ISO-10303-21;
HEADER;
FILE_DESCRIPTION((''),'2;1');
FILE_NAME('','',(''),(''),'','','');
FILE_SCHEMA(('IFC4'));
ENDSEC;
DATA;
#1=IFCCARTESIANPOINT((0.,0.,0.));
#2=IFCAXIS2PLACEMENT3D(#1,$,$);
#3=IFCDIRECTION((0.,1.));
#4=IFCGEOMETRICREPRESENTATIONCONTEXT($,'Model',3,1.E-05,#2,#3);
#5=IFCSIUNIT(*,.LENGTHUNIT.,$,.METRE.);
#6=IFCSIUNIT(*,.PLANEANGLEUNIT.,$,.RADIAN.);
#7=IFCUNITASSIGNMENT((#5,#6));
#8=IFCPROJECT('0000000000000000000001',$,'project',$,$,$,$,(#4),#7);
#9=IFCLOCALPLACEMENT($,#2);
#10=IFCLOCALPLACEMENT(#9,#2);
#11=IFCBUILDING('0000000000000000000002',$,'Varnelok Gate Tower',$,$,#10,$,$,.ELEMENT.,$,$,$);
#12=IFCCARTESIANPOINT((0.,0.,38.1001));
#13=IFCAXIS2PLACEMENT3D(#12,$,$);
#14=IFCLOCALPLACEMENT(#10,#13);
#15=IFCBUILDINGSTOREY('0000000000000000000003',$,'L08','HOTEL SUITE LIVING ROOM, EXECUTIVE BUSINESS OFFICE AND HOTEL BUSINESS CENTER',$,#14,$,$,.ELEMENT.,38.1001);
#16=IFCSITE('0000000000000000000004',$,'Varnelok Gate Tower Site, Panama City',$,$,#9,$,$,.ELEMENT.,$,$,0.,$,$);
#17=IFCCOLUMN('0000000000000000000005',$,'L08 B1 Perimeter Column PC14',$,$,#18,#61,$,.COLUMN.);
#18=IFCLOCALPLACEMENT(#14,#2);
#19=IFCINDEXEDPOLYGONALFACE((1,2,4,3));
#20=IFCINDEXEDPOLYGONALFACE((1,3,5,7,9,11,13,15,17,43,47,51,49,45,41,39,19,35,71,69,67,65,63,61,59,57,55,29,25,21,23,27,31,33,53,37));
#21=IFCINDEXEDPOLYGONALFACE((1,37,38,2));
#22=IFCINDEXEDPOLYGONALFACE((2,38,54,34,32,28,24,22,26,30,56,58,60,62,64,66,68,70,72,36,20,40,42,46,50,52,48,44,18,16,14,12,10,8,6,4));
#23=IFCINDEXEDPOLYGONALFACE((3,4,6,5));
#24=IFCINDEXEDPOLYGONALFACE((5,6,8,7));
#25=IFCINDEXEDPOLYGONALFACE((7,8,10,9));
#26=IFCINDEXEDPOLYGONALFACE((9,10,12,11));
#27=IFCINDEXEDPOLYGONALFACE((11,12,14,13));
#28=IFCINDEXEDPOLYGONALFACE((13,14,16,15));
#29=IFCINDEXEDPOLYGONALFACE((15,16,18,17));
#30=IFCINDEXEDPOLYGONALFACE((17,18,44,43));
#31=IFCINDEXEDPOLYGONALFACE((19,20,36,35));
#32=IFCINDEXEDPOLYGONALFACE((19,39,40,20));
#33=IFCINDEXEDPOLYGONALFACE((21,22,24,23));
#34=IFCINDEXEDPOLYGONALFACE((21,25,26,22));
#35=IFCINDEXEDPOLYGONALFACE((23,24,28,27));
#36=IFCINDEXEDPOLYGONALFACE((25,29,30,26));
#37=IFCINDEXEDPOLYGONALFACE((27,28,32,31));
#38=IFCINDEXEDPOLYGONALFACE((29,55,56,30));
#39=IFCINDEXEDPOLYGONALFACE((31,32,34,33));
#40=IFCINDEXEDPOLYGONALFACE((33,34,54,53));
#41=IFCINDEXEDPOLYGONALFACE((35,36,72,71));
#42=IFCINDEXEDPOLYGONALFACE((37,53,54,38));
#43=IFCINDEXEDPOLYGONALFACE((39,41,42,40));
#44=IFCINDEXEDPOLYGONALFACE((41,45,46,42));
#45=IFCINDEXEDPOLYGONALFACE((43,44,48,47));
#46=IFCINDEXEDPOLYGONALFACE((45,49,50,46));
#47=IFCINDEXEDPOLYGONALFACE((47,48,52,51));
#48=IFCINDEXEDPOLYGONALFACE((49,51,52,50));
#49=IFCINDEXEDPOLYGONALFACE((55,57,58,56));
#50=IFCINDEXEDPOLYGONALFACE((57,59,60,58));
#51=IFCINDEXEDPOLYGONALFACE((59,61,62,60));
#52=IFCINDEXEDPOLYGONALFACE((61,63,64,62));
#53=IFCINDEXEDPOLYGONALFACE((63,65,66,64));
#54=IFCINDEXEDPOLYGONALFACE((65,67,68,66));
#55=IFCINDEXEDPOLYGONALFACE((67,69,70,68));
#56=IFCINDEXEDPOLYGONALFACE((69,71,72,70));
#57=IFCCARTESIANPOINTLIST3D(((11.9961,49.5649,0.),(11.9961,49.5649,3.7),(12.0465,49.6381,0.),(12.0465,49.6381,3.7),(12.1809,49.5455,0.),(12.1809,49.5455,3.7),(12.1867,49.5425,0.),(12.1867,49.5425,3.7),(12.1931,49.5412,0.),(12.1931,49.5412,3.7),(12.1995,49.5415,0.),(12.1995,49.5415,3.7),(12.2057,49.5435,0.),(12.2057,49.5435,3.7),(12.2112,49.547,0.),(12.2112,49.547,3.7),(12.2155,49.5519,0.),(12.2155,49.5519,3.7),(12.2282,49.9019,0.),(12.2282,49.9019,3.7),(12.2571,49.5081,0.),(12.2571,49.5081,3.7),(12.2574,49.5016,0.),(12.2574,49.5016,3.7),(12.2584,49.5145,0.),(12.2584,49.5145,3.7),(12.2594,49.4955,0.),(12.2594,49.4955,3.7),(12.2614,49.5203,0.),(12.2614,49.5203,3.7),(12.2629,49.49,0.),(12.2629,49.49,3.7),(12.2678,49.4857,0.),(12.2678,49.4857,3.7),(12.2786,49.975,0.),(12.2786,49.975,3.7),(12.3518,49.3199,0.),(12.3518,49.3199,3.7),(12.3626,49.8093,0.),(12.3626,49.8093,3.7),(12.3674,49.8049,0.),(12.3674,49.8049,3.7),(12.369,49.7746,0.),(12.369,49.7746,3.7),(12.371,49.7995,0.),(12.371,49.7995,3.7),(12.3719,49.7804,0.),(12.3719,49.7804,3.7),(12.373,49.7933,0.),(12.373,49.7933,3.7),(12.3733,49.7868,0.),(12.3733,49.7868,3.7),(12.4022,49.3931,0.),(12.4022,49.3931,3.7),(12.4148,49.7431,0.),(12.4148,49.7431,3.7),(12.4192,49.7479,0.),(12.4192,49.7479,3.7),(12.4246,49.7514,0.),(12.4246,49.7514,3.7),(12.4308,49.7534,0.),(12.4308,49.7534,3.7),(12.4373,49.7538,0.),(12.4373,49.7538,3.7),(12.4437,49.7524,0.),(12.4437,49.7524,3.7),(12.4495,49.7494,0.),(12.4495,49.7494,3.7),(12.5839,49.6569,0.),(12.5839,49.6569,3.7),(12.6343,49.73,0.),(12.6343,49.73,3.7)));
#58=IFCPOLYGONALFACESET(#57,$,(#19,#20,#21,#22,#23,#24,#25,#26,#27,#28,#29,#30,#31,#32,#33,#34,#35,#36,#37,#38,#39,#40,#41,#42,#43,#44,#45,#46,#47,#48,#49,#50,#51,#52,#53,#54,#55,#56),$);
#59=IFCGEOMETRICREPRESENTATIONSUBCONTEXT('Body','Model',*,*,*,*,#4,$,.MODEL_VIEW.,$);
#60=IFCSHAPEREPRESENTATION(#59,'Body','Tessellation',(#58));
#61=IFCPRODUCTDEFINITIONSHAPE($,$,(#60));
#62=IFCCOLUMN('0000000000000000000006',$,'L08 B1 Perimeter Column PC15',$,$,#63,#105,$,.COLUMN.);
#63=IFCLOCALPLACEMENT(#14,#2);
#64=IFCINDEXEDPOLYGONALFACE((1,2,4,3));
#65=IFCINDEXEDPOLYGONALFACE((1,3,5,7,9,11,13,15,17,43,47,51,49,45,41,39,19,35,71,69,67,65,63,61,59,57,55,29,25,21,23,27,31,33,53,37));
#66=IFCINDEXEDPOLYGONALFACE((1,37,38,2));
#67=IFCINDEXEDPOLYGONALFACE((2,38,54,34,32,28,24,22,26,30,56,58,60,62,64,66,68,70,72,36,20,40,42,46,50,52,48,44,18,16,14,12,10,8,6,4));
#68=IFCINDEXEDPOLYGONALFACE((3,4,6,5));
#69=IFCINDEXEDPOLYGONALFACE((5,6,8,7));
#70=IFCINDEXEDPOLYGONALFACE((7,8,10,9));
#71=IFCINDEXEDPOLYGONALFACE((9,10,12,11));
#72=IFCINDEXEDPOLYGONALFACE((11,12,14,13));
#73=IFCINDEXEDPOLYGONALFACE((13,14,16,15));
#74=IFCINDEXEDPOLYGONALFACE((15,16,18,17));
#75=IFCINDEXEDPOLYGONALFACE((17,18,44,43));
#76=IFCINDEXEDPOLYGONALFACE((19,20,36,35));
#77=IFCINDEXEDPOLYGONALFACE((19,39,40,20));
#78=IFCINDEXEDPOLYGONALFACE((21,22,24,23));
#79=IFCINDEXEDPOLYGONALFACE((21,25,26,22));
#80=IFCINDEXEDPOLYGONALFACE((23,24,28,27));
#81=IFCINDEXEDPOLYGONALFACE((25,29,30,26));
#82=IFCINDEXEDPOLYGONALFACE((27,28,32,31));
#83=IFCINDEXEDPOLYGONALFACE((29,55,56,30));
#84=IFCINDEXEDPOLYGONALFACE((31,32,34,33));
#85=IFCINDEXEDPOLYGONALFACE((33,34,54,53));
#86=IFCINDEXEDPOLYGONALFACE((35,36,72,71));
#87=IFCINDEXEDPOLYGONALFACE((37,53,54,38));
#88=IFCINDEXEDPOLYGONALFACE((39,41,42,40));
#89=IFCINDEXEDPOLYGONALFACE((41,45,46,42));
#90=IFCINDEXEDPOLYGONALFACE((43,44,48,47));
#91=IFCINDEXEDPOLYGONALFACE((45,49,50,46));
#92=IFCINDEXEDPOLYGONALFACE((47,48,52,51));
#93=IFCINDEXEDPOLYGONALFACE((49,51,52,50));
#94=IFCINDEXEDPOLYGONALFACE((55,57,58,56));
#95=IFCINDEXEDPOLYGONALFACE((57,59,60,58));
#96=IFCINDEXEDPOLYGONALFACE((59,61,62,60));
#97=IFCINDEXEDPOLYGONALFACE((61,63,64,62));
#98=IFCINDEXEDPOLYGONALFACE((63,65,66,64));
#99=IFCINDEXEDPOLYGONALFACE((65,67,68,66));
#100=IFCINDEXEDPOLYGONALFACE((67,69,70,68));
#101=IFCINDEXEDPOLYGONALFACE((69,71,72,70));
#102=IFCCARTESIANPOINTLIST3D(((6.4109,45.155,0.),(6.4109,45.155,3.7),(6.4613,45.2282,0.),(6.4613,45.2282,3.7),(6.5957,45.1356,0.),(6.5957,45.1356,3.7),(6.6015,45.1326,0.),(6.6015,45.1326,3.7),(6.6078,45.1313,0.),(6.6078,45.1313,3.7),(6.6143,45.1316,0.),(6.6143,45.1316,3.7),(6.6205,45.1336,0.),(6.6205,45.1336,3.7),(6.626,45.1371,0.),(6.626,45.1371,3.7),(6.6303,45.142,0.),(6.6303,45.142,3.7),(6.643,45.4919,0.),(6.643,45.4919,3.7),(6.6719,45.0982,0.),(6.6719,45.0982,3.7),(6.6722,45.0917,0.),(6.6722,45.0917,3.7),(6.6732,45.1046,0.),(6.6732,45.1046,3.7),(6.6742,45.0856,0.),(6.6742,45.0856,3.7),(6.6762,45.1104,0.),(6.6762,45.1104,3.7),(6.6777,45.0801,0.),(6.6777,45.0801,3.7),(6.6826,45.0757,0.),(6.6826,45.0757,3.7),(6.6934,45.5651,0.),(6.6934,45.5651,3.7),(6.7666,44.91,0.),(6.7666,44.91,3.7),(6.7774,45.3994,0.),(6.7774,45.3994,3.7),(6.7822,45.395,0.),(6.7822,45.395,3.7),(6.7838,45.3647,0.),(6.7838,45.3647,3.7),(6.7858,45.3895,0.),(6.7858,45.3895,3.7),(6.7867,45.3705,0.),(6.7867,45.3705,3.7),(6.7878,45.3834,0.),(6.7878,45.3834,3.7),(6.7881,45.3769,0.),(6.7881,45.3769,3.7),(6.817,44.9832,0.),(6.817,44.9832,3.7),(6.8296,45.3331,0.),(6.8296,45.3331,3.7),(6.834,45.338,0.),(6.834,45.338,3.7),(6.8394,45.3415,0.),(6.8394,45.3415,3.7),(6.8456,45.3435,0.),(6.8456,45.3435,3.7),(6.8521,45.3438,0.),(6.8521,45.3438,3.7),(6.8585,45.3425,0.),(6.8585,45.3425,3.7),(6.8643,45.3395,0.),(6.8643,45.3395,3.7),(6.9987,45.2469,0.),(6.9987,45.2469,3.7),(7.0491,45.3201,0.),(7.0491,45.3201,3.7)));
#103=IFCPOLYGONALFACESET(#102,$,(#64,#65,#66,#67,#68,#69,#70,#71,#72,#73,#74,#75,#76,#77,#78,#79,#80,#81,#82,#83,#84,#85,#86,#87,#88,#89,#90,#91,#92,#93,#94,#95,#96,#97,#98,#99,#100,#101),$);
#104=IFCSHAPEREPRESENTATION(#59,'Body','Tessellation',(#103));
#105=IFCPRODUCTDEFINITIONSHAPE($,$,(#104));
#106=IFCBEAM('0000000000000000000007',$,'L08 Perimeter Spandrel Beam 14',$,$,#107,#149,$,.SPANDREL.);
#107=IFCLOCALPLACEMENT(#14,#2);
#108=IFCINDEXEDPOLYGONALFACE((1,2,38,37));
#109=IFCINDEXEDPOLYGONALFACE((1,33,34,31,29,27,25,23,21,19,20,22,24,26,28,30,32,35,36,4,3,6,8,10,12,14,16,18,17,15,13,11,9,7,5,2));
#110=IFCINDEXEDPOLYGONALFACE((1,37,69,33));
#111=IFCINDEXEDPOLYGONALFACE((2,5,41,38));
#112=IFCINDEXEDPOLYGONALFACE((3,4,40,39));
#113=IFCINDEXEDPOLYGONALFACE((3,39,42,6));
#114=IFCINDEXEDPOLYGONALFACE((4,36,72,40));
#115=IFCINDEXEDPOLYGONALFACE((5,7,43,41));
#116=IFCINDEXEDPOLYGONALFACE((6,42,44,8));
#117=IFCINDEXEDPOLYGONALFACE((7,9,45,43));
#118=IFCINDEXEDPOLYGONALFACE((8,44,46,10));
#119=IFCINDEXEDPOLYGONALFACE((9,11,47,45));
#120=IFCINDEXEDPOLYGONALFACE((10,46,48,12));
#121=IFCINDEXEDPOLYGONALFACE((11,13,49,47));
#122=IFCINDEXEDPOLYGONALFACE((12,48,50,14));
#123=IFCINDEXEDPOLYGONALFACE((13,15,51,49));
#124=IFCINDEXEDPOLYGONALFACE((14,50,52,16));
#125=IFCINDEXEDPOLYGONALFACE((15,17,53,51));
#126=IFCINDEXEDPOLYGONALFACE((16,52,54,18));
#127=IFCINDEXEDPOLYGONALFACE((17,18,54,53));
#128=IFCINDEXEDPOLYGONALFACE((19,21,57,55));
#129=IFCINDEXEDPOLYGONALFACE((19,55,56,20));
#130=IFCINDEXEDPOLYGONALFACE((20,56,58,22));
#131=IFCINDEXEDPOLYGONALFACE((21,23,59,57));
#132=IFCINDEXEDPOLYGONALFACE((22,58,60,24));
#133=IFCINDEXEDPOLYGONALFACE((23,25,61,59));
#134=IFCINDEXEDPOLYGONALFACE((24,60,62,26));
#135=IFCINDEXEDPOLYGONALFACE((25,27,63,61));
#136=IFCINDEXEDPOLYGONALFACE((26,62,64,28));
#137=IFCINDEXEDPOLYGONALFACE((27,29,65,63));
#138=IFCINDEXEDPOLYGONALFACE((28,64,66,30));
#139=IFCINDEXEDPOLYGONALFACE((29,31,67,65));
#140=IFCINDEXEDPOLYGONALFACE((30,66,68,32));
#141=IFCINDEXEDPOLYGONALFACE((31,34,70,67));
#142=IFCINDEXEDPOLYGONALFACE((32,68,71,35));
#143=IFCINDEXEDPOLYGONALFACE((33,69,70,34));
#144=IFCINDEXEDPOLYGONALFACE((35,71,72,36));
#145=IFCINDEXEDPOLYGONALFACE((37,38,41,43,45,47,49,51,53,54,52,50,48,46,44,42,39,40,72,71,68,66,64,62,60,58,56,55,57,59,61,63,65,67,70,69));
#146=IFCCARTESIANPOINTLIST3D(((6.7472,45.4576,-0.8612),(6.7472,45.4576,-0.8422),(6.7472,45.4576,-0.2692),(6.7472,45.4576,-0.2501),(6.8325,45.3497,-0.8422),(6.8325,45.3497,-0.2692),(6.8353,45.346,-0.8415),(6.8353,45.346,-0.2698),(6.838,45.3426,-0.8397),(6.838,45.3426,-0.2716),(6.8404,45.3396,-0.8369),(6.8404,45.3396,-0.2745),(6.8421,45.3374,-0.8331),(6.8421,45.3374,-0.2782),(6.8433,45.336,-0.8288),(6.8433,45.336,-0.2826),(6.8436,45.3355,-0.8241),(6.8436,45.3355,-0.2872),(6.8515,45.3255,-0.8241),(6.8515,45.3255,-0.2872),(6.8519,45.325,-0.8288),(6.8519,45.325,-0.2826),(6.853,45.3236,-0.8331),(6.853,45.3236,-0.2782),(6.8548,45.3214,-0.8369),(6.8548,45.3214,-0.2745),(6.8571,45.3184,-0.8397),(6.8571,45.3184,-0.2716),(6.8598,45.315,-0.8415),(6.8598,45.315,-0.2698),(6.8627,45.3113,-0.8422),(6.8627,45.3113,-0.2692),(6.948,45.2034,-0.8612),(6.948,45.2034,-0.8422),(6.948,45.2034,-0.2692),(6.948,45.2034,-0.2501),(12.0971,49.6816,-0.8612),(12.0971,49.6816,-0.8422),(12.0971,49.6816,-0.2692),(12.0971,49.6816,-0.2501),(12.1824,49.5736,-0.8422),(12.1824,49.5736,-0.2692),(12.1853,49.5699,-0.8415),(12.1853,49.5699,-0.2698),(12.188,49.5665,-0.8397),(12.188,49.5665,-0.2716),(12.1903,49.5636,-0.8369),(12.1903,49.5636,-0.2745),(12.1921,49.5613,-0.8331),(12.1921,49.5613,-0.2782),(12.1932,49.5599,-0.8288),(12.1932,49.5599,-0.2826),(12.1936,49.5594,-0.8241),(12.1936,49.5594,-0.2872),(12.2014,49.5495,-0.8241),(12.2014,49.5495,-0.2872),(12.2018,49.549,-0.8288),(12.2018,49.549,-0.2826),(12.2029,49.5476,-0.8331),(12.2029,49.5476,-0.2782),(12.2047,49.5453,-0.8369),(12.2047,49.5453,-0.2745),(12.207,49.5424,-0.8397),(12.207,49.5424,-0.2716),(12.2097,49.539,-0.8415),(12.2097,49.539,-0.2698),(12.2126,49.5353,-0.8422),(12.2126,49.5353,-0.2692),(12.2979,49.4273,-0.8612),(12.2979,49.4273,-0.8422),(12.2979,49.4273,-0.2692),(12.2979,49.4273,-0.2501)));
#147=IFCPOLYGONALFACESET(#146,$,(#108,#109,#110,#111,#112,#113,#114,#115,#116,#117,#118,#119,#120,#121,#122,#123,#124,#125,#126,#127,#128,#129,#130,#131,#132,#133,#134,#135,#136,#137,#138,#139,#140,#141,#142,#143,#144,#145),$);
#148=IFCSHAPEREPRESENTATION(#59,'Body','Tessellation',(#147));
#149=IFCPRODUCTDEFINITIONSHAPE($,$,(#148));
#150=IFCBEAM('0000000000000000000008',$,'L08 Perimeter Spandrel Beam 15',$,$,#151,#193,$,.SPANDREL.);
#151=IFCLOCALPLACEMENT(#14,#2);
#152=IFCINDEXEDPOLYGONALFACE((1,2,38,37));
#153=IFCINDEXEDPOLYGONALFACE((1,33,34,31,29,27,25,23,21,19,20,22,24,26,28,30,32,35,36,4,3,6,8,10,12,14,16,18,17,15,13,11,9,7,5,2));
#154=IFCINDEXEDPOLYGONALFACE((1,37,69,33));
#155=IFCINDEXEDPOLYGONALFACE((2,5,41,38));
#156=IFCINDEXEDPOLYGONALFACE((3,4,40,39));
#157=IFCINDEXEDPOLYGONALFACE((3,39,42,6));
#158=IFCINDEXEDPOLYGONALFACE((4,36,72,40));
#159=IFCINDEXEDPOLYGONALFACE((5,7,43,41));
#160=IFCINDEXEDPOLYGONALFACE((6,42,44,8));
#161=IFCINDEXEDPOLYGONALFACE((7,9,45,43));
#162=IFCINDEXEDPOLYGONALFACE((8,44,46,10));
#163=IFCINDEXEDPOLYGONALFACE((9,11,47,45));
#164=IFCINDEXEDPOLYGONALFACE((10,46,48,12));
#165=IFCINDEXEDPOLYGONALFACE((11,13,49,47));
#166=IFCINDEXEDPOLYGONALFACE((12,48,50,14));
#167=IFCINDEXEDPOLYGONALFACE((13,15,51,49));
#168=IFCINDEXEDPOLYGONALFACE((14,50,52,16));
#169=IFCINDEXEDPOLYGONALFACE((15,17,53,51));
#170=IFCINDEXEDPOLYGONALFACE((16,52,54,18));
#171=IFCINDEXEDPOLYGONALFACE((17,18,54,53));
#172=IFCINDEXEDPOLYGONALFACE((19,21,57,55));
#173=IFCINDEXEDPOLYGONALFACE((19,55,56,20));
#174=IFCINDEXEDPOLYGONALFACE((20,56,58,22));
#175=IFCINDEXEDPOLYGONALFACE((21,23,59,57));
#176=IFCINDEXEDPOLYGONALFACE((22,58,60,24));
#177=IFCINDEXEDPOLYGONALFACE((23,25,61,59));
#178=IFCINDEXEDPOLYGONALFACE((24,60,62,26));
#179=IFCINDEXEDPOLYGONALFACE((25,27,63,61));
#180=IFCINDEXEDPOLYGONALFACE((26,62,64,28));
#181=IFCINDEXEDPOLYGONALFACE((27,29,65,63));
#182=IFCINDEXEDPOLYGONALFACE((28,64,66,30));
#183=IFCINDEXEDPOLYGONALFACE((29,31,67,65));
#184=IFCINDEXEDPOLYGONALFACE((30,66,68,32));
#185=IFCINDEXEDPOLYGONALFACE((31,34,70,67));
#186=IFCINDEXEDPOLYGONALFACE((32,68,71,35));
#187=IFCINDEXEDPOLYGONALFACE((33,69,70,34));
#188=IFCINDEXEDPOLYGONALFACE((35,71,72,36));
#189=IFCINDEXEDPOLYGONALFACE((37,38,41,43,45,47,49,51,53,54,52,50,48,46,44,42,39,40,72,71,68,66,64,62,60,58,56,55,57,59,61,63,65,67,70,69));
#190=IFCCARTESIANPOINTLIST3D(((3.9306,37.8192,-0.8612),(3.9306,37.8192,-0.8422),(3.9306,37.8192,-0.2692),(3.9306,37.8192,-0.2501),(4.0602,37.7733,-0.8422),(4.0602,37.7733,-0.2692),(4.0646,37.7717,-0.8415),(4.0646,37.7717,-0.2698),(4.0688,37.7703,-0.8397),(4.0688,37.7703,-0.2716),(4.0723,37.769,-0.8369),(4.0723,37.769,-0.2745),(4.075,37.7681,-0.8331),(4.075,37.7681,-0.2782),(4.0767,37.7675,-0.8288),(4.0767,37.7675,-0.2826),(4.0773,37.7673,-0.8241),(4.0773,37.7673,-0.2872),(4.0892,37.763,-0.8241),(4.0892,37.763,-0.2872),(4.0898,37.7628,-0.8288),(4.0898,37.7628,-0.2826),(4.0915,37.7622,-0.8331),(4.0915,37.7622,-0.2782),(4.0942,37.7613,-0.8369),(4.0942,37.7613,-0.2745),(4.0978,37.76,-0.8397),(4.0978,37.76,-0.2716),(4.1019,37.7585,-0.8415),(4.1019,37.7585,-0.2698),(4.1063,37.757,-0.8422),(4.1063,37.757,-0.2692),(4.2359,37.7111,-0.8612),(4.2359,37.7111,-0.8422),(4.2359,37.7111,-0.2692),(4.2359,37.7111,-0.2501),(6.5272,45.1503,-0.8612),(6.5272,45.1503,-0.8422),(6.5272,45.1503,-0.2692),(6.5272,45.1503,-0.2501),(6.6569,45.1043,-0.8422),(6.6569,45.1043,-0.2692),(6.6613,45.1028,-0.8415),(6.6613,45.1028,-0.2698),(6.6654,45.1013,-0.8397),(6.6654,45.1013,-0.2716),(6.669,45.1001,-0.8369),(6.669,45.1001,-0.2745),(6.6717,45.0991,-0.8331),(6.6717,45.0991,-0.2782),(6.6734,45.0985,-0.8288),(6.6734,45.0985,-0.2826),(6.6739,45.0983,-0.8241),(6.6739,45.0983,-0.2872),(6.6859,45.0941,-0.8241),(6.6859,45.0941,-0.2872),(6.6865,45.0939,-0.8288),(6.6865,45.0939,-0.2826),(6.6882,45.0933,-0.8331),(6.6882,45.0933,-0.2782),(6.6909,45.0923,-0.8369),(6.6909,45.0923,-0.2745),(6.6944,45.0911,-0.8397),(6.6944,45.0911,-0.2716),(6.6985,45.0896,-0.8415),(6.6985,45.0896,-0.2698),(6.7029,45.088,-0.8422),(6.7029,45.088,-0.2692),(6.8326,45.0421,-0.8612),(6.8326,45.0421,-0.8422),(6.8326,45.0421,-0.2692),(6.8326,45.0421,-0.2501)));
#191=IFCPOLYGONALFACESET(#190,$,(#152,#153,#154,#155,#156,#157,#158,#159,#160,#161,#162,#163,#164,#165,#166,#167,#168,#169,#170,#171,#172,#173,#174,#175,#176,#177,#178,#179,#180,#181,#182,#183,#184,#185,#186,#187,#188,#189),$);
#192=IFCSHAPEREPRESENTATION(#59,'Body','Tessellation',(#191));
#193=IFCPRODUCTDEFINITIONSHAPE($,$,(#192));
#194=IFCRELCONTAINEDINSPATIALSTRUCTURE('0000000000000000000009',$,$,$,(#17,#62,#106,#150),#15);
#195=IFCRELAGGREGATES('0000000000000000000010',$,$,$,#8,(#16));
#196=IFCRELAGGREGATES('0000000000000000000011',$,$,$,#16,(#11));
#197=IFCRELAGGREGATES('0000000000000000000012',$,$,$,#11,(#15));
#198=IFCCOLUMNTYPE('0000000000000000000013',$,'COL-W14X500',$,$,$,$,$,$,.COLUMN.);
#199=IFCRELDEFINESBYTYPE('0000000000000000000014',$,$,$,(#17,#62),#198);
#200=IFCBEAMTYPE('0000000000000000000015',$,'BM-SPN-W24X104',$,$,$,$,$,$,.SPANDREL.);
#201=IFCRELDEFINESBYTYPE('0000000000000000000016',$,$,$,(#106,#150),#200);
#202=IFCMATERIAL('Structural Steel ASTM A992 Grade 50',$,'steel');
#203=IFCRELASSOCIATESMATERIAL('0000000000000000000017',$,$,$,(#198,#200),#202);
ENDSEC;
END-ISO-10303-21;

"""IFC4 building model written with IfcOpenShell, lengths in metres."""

from ifc_helpers import new_model, si_unit, direction, frame, origin, origin_2d, place, context, subcontext, project, spatial, i_section, extrude, material, material_profile, profile_set, type_object, element, save


model = new_model("IFC4")

# Units and contexts
model_context = context("Model", 3, precision=1e-05, world=origin(), true_north=direction((0.0, 1.0)))
body_context = subcontext(model_context, "Body", "Model", "MODEL_VIEW")
ifc_project = project(units=[si_unit("LENGTHUNIT", "METRE"), si_unit("PLANEANGLEUNIT", "RADIAN")], contexts=[model_context])

# Site, building, storey
site_placement = place(None, origin())
site = spatial("IfcSite", under=ifc_project, at=site_placement, Name="Varnelok Gate Tower Site, Panama City", CompositionType="ELEMENT", RefElevation=0.0)
building_placement = place(site_placement, origin())
building = spatial("IfcBuilding", under=site, at=building_placement, Name="Varnelok Gate Tower", CompositionType="ELEMENT")
storey_placement = place(building_placement, frame((0.0, 0.0, 38.1001)))
storey = spatial("IfcBuildingStorey", under=building, at=storey_placement, Name="L08", Description="HOTEL SUITE LIVING ROOM, EXECUTIVE BUSINESS OFFICE AND HOTEL BUSINESS CENTER", CompositionType="ELEMENT", Elevation=38.1001)

# Columns
ifc_material_1 = material(Name="Structural Steel ASTM A992 Grade 50", Category="steel")
ifc_material_profile_1 = material_profile(ifc_material_1, i_section(OverallWidth=0.4319, OverallDepth=0.498, WebThickness=0.0557, FlangeThickness=0.0889, FilletRadius=0.0249, at=origin_2d()), Name="W14X500")
ifc_profile_set_1 = profile_set([ifc_material_profile_1], Name="Structural Steel ASTM A992 Grade 50")
column_type = type_object("IfcColumnType", Name="COL-W14X500", PredefinedType="COLUMN", material=ifc_profile_set_1)
for number, where, z_axis, x_axis, name in (
    (1, (12.3152, 49.6475, 0.0), (0.0, 0.0, 1.0), (0.823533, -0.567269, 0.0), "L08 B1 Perimeter Column PC14"),
    (2, (6.73, 45.2375, 0.0), (0.0, 0.0, 1.0), (0.823533, -0.567269, 0.0), "L08 B1 Perimeter Column PC15"),
):
    element("IfcColumn", number, at=place(storey_placement, frame(where, z_axis=z_axis, x_axis=x_axis)), inside=storey, type_object=column_type, Name=name, PredefinedType="COLUMN", context=body_context, shape_type="SweptSolid", body=[
        extrude(i_section(OverallWidth=0.4319, OverallDepth=0.498, WebThickness=0.0557, FlangeThickness=0.0889, FilletRadius=0.0249, at=origin_2d()), origin(), (0.0, 0.0, 1.0), 3.7),
    ])

# Beams
ifc_material_profile_2 = material_profile(ifc_material_1, i_section(OverallWidth=0.324, OverallDepth=0.6111, WebThickness=0.0127, FlangeThickness=0.019, FilletRadius=0.0181, at=origin_2d()), Name="W24X104")
ifc_profile_set_2 = profile_set([ifc_material_profile_2], Name="Structural Steel ASTM A992 Grade 50")
beam_type = type_object("IfcBeamType", Name="BM-SPN-W24X104", PredefinedType="SPANDREL", material=ifc_profile_set_2)
beam_1_placement = place(storey_placement, frame((12.1975, 49.5544, -0.5557), z_axis=(-0.784861, -0.619672, 0.0), x_axis=(0.619672, -0.784861, 0.0)))
element("IfcBeam", 3, at=beam_1_placement, inside=storey, type_object=beam_type, Name="L08 Perimeter Spandrel Beam 14", PredefinedType="SPANDREL", context=body_context, shape_type="SweptSolid", body=[
    extrude(i_section(OverallWidth=0.324, OverallDepth=0.6111, WebThickness=0.0127, FlangeThickness=0.019, FilletRadius=0.0181, at=origin_2d()), origin(), (0.0, 0.0, 1.0), 6.8164),
])
beam_2_placement = place(storey_placement, frame((6.6799, 45.0962, -0.5557), z_axis=(-0.333877, -0.942617, 0.0), x_axis=(0.942617, -0.333877, 0.0)))
element("IfcBeam", 4, at=beam_2_placement, inside=storey, type_object=beam_type, Name="L08 Perimeter Spandrel Beam 15", PredefinedType="SPANDREL", context=body_context, shape_type="SweptSolid", body=[
    extrude(i_section(OverallWidth=0.324, OverallDepth=0.6111, WebThickness=0.0127, FlangeThickness=0.019, FilletRadius=0.0181, at=origin_2d()), origin(), (0.0, 0.0, 1.0), 7.7773),
])

save(model, "model.ifc")
